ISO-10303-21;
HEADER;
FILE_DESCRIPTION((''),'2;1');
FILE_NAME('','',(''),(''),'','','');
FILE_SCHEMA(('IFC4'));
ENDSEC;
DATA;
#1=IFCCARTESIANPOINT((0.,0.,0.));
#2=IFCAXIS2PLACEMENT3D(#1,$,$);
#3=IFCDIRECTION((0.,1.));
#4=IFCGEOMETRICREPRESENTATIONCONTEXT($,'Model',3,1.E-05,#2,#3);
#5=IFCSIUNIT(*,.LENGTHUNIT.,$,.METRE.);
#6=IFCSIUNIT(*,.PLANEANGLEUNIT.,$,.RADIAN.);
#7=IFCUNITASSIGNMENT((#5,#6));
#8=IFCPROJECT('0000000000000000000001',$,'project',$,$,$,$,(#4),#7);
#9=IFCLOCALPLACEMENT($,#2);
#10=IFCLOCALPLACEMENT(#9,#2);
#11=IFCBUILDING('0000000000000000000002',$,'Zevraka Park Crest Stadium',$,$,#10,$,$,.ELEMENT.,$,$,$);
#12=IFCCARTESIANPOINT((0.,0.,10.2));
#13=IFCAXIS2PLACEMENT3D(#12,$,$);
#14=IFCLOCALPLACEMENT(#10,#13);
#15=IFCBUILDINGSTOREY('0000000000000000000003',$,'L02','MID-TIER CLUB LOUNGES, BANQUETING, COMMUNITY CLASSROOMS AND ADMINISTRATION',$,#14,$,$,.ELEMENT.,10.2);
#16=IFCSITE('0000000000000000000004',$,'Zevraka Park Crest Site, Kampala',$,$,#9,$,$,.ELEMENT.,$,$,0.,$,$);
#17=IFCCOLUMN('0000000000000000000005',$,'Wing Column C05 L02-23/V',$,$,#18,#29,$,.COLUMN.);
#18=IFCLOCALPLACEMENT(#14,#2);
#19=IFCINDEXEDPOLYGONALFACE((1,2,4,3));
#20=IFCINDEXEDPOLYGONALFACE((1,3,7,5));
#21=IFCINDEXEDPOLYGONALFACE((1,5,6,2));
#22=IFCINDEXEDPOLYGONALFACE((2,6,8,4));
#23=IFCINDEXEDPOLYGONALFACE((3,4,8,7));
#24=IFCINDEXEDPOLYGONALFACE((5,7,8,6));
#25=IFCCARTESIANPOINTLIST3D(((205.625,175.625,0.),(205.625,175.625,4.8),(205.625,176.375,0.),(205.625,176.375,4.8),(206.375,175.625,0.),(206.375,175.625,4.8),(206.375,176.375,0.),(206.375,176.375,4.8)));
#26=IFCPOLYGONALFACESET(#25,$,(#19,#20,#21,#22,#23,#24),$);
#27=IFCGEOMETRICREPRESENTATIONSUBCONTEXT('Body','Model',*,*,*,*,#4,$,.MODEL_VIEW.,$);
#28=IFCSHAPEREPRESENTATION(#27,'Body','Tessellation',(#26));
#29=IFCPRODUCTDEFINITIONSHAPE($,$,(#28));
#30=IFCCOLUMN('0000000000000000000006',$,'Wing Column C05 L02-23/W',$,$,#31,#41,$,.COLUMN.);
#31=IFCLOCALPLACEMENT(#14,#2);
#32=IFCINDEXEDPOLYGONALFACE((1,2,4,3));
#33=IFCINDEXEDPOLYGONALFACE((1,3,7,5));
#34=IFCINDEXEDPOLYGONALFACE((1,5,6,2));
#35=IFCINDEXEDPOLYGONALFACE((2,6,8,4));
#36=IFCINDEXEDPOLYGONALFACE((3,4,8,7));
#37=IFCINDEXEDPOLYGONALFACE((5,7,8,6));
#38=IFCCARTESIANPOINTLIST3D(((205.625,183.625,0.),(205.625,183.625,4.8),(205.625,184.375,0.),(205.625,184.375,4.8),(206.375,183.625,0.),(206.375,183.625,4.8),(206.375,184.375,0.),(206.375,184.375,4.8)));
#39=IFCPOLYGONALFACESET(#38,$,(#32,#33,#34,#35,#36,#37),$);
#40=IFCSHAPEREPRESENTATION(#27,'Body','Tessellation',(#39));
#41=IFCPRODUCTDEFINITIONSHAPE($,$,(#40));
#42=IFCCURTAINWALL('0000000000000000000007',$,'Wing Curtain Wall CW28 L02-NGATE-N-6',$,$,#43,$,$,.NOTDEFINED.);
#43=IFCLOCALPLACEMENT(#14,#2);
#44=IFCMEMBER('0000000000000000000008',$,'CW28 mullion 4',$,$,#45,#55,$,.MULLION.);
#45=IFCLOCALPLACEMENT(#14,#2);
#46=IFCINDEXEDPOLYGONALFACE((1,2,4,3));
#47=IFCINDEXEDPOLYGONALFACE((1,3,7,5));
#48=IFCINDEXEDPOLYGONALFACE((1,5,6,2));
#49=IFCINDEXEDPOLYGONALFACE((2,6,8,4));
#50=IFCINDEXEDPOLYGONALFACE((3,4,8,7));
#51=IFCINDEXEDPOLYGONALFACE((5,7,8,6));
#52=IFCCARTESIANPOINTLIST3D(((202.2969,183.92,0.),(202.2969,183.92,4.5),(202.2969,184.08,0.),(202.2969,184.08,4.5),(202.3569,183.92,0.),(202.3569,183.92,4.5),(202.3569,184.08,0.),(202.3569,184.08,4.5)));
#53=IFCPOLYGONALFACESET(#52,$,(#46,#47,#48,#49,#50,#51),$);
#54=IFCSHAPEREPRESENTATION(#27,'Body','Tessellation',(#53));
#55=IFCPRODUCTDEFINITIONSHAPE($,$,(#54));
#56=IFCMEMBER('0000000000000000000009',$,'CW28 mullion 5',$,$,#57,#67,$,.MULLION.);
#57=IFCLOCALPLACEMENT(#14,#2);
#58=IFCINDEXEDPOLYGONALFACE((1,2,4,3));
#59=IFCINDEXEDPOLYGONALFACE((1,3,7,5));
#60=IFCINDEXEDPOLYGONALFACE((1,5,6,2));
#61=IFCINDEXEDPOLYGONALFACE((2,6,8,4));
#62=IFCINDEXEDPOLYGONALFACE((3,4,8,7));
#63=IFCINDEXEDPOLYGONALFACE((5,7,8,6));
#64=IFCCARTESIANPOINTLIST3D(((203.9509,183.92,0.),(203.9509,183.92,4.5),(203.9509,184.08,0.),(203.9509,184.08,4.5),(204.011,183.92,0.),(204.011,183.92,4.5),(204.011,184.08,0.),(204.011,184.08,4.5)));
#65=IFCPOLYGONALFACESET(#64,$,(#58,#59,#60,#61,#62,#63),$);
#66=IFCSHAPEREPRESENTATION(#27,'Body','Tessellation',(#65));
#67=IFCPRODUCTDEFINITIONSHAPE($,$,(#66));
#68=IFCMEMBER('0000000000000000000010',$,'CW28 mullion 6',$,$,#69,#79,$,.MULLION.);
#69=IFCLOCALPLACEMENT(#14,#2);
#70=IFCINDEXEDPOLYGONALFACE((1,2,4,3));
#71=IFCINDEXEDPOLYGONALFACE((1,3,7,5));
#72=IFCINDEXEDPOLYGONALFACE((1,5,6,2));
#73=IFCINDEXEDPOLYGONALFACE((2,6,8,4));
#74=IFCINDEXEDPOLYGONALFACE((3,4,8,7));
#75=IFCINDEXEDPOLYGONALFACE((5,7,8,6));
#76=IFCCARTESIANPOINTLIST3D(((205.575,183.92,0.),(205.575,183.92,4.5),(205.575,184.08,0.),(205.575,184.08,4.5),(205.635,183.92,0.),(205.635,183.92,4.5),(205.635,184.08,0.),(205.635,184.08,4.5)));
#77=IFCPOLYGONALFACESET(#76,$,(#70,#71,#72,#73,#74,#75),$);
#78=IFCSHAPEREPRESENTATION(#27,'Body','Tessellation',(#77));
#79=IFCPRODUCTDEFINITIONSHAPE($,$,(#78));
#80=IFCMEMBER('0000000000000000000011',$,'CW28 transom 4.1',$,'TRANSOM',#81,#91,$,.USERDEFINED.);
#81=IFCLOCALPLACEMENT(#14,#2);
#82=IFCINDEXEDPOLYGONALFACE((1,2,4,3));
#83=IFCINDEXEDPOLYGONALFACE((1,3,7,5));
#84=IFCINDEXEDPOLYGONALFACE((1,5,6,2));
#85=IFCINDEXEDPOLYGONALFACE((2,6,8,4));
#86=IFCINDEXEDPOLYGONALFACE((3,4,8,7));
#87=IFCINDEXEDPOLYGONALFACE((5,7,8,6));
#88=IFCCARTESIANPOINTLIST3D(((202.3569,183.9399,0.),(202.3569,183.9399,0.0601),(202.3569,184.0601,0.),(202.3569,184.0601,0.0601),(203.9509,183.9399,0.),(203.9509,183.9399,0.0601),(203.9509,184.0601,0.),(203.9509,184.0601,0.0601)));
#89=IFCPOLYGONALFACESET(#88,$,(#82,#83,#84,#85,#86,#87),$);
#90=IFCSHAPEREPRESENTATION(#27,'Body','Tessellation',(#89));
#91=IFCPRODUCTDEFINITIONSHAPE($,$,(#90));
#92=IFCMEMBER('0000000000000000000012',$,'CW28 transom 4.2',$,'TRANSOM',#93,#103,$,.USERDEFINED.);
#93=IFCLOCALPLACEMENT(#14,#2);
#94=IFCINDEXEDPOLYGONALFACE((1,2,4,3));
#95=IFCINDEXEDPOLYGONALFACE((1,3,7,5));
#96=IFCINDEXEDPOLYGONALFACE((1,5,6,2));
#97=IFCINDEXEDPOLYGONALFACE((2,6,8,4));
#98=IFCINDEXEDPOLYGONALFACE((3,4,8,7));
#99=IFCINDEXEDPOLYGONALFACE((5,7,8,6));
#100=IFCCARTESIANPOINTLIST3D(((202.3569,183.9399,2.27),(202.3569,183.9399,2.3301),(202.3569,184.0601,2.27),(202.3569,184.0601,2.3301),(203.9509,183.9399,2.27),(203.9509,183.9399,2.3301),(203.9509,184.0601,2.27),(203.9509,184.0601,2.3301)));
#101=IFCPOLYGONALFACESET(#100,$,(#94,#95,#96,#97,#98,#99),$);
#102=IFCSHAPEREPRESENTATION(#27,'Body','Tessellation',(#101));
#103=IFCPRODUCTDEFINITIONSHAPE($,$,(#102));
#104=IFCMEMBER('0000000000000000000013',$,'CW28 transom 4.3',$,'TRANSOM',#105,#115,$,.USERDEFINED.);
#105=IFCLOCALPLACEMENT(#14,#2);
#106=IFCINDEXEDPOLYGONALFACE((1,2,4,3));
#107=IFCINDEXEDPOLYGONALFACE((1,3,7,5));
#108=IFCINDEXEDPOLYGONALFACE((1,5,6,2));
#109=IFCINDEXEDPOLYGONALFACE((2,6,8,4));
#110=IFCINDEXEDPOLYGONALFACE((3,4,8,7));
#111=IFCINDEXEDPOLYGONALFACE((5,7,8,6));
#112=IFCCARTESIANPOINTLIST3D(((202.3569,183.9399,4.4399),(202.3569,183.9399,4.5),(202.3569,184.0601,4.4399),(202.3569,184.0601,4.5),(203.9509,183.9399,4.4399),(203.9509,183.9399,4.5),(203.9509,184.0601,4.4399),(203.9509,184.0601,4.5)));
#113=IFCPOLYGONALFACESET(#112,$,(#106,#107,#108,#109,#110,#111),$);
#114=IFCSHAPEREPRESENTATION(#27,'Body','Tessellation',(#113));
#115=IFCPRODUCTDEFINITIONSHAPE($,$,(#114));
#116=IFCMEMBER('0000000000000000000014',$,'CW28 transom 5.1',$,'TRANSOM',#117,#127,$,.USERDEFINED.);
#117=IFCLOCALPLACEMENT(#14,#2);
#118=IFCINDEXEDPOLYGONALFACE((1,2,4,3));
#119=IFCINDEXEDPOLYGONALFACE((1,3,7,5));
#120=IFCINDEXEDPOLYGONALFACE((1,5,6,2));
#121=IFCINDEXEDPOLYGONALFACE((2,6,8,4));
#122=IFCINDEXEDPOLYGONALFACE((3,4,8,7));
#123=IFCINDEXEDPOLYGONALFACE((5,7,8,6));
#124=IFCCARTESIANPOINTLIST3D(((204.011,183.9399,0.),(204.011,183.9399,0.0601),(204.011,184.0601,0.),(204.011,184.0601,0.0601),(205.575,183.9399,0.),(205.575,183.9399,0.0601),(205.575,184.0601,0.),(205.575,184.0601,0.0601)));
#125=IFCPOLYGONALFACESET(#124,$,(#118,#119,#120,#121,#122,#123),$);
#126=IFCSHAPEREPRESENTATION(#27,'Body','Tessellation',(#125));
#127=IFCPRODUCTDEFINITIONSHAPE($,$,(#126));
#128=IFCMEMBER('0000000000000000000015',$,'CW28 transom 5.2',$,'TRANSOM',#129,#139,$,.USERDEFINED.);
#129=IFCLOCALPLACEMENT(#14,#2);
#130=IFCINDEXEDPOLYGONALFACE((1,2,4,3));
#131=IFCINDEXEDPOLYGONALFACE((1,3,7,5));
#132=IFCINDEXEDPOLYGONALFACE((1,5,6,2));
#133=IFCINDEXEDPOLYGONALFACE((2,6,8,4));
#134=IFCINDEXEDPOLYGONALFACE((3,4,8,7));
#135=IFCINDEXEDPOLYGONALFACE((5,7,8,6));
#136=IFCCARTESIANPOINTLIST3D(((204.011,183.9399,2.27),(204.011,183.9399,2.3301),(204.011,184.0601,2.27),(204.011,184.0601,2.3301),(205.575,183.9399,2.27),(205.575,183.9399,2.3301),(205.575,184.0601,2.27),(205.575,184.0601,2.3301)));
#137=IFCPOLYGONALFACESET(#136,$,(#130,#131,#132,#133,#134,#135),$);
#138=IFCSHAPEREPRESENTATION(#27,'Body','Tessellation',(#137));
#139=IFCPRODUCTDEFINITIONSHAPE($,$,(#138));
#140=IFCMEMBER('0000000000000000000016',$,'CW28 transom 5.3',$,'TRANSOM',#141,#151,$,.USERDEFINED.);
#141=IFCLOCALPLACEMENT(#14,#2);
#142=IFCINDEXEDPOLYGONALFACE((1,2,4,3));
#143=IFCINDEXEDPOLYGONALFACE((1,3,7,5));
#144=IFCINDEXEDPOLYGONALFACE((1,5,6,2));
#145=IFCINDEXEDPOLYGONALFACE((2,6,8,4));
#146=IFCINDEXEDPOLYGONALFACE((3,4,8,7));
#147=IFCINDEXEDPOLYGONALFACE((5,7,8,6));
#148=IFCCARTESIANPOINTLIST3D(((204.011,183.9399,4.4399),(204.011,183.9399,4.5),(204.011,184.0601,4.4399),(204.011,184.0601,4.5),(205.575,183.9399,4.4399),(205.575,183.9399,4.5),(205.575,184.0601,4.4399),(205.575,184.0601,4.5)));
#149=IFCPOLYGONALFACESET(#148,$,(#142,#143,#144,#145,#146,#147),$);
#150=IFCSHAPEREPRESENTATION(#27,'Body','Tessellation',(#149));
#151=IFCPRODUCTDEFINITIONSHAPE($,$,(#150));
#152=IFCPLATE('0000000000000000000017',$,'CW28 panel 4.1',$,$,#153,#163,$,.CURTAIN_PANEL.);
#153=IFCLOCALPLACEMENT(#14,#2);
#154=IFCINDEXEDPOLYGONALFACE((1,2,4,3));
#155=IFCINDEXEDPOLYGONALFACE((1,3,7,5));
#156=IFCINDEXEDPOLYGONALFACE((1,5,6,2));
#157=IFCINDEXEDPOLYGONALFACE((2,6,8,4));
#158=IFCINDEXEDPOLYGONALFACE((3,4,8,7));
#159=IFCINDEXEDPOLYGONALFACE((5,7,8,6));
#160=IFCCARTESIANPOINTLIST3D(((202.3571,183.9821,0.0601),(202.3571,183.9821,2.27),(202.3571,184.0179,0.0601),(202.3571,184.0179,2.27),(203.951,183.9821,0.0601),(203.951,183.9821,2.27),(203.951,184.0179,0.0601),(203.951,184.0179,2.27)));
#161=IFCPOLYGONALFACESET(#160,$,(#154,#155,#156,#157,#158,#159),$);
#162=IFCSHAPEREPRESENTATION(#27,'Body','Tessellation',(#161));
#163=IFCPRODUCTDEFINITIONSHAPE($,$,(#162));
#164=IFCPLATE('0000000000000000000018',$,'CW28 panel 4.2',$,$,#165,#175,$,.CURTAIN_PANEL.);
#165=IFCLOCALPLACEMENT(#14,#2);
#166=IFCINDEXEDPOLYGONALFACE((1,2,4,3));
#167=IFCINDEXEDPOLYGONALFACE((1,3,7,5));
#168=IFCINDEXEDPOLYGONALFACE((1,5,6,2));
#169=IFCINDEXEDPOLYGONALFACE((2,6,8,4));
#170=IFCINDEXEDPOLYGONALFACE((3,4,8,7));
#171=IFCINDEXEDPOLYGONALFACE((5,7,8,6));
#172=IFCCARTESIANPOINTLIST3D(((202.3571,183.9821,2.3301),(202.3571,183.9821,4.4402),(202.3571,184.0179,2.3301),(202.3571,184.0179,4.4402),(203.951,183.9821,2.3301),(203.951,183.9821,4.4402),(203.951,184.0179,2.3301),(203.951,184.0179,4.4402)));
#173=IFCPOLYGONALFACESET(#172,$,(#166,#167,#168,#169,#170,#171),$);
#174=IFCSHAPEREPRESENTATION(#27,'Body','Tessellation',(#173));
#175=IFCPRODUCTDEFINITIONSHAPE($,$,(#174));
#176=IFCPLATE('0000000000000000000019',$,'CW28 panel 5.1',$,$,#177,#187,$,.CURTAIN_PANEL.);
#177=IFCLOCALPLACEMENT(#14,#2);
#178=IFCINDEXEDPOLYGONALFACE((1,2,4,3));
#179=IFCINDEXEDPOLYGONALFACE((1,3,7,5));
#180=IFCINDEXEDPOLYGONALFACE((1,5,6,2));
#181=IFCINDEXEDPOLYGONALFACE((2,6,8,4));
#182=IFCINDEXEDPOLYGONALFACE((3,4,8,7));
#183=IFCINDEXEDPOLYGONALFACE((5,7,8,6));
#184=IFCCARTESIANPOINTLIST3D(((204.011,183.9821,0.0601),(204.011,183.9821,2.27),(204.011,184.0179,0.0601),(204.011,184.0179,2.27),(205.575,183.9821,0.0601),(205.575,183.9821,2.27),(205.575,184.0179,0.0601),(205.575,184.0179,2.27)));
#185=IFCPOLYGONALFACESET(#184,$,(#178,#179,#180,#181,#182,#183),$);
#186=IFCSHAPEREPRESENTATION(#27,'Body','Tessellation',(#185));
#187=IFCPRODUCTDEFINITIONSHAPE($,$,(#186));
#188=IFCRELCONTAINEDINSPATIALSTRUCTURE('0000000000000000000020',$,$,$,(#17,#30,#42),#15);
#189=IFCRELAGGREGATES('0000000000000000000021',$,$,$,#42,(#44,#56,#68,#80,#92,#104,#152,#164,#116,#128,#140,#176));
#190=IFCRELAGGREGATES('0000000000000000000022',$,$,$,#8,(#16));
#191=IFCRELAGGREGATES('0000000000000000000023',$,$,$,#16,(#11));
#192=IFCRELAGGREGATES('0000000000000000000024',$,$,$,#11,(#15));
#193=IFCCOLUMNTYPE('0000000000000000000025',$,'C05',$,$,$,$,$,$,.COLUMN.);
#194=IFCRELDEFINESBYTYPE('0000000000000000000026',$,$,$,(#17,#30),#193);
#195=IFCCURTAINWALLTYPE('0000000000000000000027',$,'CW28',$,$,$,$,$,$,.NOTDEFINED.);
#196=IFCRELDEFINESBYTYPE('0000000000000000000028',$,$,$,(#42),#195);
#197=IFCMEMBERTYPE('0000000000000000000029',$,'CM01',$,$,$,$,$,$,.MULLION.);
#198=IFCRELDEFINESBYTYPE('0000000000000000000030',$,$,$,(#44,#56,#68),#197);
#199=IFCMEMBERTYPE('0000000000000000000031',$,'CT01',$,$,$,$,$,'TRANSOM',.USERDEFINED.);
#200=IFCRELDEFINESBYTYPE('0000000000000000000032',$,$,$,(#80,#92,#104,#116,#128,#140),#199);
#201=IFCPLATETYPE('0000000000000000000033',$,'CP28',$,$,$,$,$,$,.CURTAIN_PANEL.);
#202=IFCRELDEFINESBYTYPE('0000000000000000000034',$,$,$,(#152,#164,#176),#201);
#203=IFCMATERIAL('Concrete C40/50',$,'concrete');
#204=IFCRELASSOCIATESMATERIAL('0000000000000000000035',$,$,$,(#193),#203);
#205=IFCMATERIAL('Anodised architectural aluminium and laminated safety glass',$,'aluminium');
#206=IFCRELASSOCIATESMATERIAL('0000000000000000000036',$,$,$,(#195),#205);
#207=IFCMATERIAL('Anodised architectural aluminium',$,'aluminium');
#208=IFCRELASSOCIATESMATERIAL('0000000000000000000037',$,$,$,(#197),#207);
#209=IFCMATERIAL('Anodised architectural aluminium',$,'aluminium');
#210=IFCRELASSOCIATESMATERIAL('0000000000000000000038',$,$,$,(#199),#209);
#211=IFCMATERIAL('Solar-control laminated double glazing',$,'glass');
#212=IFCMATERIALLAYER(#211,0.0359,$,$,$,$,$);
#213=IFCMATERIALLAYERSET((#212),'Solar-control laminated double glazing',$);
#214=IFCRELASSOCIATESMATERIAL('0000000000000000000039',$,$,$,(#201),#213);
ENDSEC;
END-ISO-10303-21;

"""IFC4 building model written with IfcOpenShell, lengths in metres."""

from ifc_helpers import new_model, si_unit, direction, frame, origin, origin_2d, place, context, subcontext, project, spatial, rectangle, extrude, material, layer, layer_set, material_profile, profile_set, type_object, element, aggregate, save


model = new_model("IFC4")

# Units and contexts
model_context = context("Model", 3, precision=1e-05, world=origin(), true_north=direction((0.0, 1.0)))
body_context = subcontext(model_context, "Body", "Model", "MODEL_VIEW")
ifc_project = project(units=[si_unit("LENGTHUNIT", "METRE"), si_unit("PLANEANGLEUNIT", "RADIAN")], contexts=[model_context])

# Site, building, storey
site_placement = place(None, origin())
site = spatial("IfcSite", under=ifc_project, at=site_placement, Name="Zevraka Park Crest Site, Kampala", CompositionType="ELEMENT", RefElevation=0.0)
building_placement = place(site_placement, origin())
building = spatial("IfcBuilding", under=site, at=building_placement, Name="Zevraka Park Crest Stadium", CompositionType="ELEMENT")
storey_placement = place(building_placement, frame((0.0, 0.0, 10.2)))
storey = spatial("IfcBuildingStorey", under=building, at=storey_placement, Name="L02", Description="MID-TIER CLUB LOUNGES, BANQUETING, COMMUNITY CLASSROOMS AND ADMINISTRATION", CompositionType="ELEMENT", Elevation=10.2)

# Columns
ifc_material_1 = material(Name="Concrete C40/50", Category="concrete")
ifc_material_profile_1 = material_profile(ifc_material_1, rectangle(XDim=0.75, YDim=0.75, at=origin_2d()), Name="RC 750x750")
ifc_profile_set_1 = profile_set([ifc_material_profile_1], Name="Concrete C40/50")
column_type = type_object("IfcColumnType", Name="C05", PredefinedType="COLUMN", material=ifc_profile_set_1)
for number, where, z_axis, x_axis, name in (
    (1, (206.0, 176.0, 0.0), (0.0, 0.0, 1.0), (1.0, 0.0, 0.0), "Wing Column C05 L02-23/V"),
    (2, (206.0, 184.0, 0.0), (0.0, 0.0, 1.0), (1.0, 0.0, 0.0), "Wing Column C05 L02-23/W"),
):
    element("IfcColumn", number, at=place(storey_placement, frame(where, z_axis=z_axis, x_axis=x_axis)), inside=storey, type_object=column_type, Name=name, PredefinedType="COLUMN", context=body_context, shape_type="SweptSolid", body=[
        extrude(rectangle(XDim=0.75, YDim=0.75, at=origin_2d()), origin(), (0.0, 0.0, 1.0), 4.8),
    ])

# Curtain wall, members, plates
ifc_material_2 = material(Name="Anodised architectural aluminium and laminated safety glass", Category="aluminium")
curtain_wall_type = type_object("IfcCurtainWallType", Name="CW28", PredefinedType="NOTDEFINED", material=ifc_material_2)
curtain_wall_placement = place(storey_placement, origin())
curtain_wall = element("IfcCurtainWall", 3, at=curtain_wall_placement, inside=storey, type_object=curtain_wall_type, Name="Wing Curtain Wall CW28 L02-NGATE-N-6", PredefinedType="NOTDEFINED")
ifc_material_3 = material(Name="Anodised architectural aluminium", Category="aluminium")
ifc_material_profile_2 = material_profile(ifc_material_3, rectangle(XDim=0.1599, YDim=0.0601, at=origin_2d()), Name="ALU MULLION 160x60")
ifc_profile_set_2 = profile_set([ifc_material_profile_2], Name="Anodised architectural aluminium")
member_type_1 = type_object("IfcMemberType", Name="CM01", PredefinedType="MULLION", material=ifc_profile_set_2)
member_1_placement = place(storey_placement, frame((202.3269, 184.0, 0.0), z_axis=(0.0, 0.0, 1.0), x_axis=(0.0, 1.0, 0.0)))
member_1 = element("IfcMember", 4, at=member_1_placement, type_object=member_type_1, Name="CW28 mullion 4", PredefinedType="MULLION", context=body_context, shape_type="SweptSolid", body=[
    extrude(rectangle(XDim=0.1599, YDim=0.0601, at=origin_2d()), origin(), (0.0, 0.0, 1.0), 4.5),
])
member_2_placement = place(storey_placement, frame((203.981, 184.0, 0.0), z_axis=(0.0, 0.0, 1.0), x_axis=(0.0, 1.0, 0.0)))
member_2 = element("IfcMember", 5, at=member_2_placement, type_object=member_type_1, Name="CW28 mullion 5", PredefinedType="MULLION", context=body_context, shape_type="SweptSolid", body=[
    extrude(rectangle(XDim=0.1599, YDim=0.0601, at=origin_2d()), origin(), (0.0, 0.0, 1.0), 4.5),
])
member_3_placement = place(storey_placement, frame((205.605, 184.0, 0.0), z_axis=(0.0, 0.0, 1.0), x_axis=(0.0, 1.0, 0.0)))
member_3 = element("IfcMember", 6, at=member_3_placement, type_object=member_type_1, Name="CW28 mullion 6", PredefinedType="MULLION", context=body_context, shape_type="SweptSolid", body=[
    extrude(rectangle(XDim=0.1599, YDim=0.0601, at=origin_2d()), origin(), (0.0, 0.0, 1.0), 4.5),
])
ifc_material_4 = material(Name="Anodised architectural aluminium", Category="aluminium")
ifc_material_profile_3 = material_profile(ifc_material_4, rectangle(XDim=0.1201, YDim=0.0601, at=origin_2d()), Name="ALU TRANSOM 120x60")
ifc_profile_set_3 = profile_set([ifc_material_profile_3], Name="Anodised architectural aluminium")
member_type_2 = type_object("IfcMemberType", Name="CT01", ElementType="TRANSOM", PredefinedType="USERDEFINED", material=ifc_profile_set_3)
member_4_placement = place(storey_placement, frame((202.3569, 184.0, 0.03), z_axis=(1.0, 0.0, 0.0), x_axis=(0.0, 1.0, 0.0)))
member_4 = element("IfcMember", 7, at=member_4_placement, type_object=member_type_2, Name="CW28 transom 4.1", ObjectType="TRANSOM", PredefinedType="USERDEFINED", context=body_context, shape_type="SweptSolid", body=[
    extrude(rectangle(XDim=0.1201, YDim=0.0601, at=origin_2d()), origin(), (0.0, 0.0, 1.0), 1.594),
])
member_5_placement = place(storey_placement, frame((202.3569, 184.0, 2.3), z_axis=(1.0, 0.0, 0.0), x_axis=(0.0, 1.0, 0.0)))
member_5 = element("IfcMember", 8, at=member_5_placement, type_object=member_type_2, Name="CW28 transom 4.2", ObjectType="TRANSOM", PredefinedType="USERDEFINED", context=body_context, shape_type="SweptSolid", body=[
    extrude(rectangle(XDim=0.1201, YDim=0.0601, at=origin_2d()), origin(), (0.0, 0.0, 1.0), 1.594),
])
member_6_placement = place(storey_placement, frame((202.3569, 184.0, 4.47), z_axis=(1.0, 0.0, 0.0), x_axis=(0.0, 1.0, 0.0)))
member_6 = element("IfcMember", 9, at=member_6_placement, type_object=member_type_2, Name="CW28 transom 4.3", ObjectType="TRANSOM", PredefinedType="USERDEFINED", context=body_context, shape_type="SweptSolid", body=[
    extrude(rectangle(XDim=0.1201, YDim=0.0601, at=origin_2d()), origin(), (0.0, 0.0, 1.0), 1.594),
])
member_7_placement = place(storey_placement, frame((204.011, 184.0, 0.03), z_axis=(1.0, 0.0, 0.0), x_axis=(0.0, 1.0, 0.0)))
member_7 = element("IfcMember", 10, at=member_7_placement, type_object=member_type_2, Name="CW28 transom 5.1", ObjectType="TRANSOM", PredefinedType="USERDEFINED", context=body_context, shape_type="SweptSolid", body=[
    extrude(rectangle(XDim=0.1201, YDim=0.0601, at=origin_2d()), origin(), (0.0, 0.0, 1.0), 1.564),
])
member_8_placement = place(storey_placement, frame((204.011, 184.0, 2.3), z_axis=(1.0, 0.0, 0.0), x_axis=(0.0, 1.0, 0.0)))
member_8 = element("IfcMember", 11, at=member_8_placement, type_object=member_type_2, Name="CW28 transom 5.2", ObjectType="TRANSOM", PredefinedType="USERDEFINED", context=body_context, shape_type="SweptSolid", body=[
    extrude(rectangle(XDim=0.1201, YDim=0.0601, at=origin_2d()), origin(), (0.0, 0.0, 1.0), 1.564),
])
member_9_placement = place(storey_placement, frame((204.011, 184.0, 4.47), z_axis=(1.0, 0.0, 0.0), x_axis=(0.0, 1.0, 0.0)))
member_9 = element("IfcMember", 12, at=member_9_placement, type_object=member_type_2, Name="CW28 transom 5.3", ObjectType="TRANSOM", PredefinedType="USERDEFINED", context=body_context, shape_type="SweptSolid", body=[
    extrude(rectangle(XDim=0.1201, YDim=0.0601, at=origin_2d()), origin(), (0.0, 0.0, 1.0), 1.564),
])
ifc_material_5 = material(Name="Solar-control laminated double glazing", Category="glass")
ifc_layer_1 = layer(ifc_material_5, 0.0359)
ifc_layer_set_1 = layer_set([ifc_layer_1], Name="Solar-control laminated double glazing")
plate_type = type_object("IfcPlateType", Name="CP28", PredefinedType="CURTAIN_PANEL", material=ifc_layer_set_1)
plate_1_placement = place(storey_placement, frame((203.1541, 184.0, 0.0601), z_axis=(0.0, 0.0, 1.0), x_axis=(1.0, 0.0, 0.0)))
plate_1 = element("IfcPlate", 13, at=plate_1_placement, type_object=plate_type, Name="CW28 panel 4.1", PredefinedType="CURTAIN_PANEL", context=body_context, shape_type="SweptSolid", body=[
    extrude(rectangle(XDim=1.594, YDim=0.0359, at=origin_2d()), origin(), (0.0, 0.0, 1.0), 2.21),
])
plate_2_placement = place(storey_placement, frame((203.1541, 184.0, 2.3301), z_axis=(0.0, 0.0, 1.0), x_axis=(1.0, 0.0, 0.0)))
plate_2 = element("IfcPlate", 14, at=plate_2_placement, type_object=plate_type, Name="CW28 panel 4.2", PredefinedType="CURTAIN_PANEL", context=body_context, shape_type="SweptSolid", body=[
    extrude(rectangle(XDim=1.594, YDim=0.0359, at=origin_2d()), origin(), (0.0, 0.0, 1.0), 2.1101),
])
plate_3_placement = place(storey_placement, frame((204.793, 184.0, 0.0601), z_axis=(0.0, 0.0, 1.0), x_axis=(1.0, 0.0, 0.0)))
plate_3 = element("IfcPlate", 15, at=plate_3_placement, type_object=plate_type, Name="CW28 panel 5.1", PredefinedType="CURTAIN_PANEL", context=body_context, shape_type="SweptSolid", body=[
    extrude(rectangle(XDim=1.564, YDim=0.0359, at=origin_2d()), origin(), (0.0, 0.0, 1.0), 2.21),
])
aggregate(curtain_wall, [member_1, member_2, member_3, member_4, member_5, member_6, plate_1, plate_2, member_7, member_8, member_9, plate_3])

save(model, "model.ifc")
